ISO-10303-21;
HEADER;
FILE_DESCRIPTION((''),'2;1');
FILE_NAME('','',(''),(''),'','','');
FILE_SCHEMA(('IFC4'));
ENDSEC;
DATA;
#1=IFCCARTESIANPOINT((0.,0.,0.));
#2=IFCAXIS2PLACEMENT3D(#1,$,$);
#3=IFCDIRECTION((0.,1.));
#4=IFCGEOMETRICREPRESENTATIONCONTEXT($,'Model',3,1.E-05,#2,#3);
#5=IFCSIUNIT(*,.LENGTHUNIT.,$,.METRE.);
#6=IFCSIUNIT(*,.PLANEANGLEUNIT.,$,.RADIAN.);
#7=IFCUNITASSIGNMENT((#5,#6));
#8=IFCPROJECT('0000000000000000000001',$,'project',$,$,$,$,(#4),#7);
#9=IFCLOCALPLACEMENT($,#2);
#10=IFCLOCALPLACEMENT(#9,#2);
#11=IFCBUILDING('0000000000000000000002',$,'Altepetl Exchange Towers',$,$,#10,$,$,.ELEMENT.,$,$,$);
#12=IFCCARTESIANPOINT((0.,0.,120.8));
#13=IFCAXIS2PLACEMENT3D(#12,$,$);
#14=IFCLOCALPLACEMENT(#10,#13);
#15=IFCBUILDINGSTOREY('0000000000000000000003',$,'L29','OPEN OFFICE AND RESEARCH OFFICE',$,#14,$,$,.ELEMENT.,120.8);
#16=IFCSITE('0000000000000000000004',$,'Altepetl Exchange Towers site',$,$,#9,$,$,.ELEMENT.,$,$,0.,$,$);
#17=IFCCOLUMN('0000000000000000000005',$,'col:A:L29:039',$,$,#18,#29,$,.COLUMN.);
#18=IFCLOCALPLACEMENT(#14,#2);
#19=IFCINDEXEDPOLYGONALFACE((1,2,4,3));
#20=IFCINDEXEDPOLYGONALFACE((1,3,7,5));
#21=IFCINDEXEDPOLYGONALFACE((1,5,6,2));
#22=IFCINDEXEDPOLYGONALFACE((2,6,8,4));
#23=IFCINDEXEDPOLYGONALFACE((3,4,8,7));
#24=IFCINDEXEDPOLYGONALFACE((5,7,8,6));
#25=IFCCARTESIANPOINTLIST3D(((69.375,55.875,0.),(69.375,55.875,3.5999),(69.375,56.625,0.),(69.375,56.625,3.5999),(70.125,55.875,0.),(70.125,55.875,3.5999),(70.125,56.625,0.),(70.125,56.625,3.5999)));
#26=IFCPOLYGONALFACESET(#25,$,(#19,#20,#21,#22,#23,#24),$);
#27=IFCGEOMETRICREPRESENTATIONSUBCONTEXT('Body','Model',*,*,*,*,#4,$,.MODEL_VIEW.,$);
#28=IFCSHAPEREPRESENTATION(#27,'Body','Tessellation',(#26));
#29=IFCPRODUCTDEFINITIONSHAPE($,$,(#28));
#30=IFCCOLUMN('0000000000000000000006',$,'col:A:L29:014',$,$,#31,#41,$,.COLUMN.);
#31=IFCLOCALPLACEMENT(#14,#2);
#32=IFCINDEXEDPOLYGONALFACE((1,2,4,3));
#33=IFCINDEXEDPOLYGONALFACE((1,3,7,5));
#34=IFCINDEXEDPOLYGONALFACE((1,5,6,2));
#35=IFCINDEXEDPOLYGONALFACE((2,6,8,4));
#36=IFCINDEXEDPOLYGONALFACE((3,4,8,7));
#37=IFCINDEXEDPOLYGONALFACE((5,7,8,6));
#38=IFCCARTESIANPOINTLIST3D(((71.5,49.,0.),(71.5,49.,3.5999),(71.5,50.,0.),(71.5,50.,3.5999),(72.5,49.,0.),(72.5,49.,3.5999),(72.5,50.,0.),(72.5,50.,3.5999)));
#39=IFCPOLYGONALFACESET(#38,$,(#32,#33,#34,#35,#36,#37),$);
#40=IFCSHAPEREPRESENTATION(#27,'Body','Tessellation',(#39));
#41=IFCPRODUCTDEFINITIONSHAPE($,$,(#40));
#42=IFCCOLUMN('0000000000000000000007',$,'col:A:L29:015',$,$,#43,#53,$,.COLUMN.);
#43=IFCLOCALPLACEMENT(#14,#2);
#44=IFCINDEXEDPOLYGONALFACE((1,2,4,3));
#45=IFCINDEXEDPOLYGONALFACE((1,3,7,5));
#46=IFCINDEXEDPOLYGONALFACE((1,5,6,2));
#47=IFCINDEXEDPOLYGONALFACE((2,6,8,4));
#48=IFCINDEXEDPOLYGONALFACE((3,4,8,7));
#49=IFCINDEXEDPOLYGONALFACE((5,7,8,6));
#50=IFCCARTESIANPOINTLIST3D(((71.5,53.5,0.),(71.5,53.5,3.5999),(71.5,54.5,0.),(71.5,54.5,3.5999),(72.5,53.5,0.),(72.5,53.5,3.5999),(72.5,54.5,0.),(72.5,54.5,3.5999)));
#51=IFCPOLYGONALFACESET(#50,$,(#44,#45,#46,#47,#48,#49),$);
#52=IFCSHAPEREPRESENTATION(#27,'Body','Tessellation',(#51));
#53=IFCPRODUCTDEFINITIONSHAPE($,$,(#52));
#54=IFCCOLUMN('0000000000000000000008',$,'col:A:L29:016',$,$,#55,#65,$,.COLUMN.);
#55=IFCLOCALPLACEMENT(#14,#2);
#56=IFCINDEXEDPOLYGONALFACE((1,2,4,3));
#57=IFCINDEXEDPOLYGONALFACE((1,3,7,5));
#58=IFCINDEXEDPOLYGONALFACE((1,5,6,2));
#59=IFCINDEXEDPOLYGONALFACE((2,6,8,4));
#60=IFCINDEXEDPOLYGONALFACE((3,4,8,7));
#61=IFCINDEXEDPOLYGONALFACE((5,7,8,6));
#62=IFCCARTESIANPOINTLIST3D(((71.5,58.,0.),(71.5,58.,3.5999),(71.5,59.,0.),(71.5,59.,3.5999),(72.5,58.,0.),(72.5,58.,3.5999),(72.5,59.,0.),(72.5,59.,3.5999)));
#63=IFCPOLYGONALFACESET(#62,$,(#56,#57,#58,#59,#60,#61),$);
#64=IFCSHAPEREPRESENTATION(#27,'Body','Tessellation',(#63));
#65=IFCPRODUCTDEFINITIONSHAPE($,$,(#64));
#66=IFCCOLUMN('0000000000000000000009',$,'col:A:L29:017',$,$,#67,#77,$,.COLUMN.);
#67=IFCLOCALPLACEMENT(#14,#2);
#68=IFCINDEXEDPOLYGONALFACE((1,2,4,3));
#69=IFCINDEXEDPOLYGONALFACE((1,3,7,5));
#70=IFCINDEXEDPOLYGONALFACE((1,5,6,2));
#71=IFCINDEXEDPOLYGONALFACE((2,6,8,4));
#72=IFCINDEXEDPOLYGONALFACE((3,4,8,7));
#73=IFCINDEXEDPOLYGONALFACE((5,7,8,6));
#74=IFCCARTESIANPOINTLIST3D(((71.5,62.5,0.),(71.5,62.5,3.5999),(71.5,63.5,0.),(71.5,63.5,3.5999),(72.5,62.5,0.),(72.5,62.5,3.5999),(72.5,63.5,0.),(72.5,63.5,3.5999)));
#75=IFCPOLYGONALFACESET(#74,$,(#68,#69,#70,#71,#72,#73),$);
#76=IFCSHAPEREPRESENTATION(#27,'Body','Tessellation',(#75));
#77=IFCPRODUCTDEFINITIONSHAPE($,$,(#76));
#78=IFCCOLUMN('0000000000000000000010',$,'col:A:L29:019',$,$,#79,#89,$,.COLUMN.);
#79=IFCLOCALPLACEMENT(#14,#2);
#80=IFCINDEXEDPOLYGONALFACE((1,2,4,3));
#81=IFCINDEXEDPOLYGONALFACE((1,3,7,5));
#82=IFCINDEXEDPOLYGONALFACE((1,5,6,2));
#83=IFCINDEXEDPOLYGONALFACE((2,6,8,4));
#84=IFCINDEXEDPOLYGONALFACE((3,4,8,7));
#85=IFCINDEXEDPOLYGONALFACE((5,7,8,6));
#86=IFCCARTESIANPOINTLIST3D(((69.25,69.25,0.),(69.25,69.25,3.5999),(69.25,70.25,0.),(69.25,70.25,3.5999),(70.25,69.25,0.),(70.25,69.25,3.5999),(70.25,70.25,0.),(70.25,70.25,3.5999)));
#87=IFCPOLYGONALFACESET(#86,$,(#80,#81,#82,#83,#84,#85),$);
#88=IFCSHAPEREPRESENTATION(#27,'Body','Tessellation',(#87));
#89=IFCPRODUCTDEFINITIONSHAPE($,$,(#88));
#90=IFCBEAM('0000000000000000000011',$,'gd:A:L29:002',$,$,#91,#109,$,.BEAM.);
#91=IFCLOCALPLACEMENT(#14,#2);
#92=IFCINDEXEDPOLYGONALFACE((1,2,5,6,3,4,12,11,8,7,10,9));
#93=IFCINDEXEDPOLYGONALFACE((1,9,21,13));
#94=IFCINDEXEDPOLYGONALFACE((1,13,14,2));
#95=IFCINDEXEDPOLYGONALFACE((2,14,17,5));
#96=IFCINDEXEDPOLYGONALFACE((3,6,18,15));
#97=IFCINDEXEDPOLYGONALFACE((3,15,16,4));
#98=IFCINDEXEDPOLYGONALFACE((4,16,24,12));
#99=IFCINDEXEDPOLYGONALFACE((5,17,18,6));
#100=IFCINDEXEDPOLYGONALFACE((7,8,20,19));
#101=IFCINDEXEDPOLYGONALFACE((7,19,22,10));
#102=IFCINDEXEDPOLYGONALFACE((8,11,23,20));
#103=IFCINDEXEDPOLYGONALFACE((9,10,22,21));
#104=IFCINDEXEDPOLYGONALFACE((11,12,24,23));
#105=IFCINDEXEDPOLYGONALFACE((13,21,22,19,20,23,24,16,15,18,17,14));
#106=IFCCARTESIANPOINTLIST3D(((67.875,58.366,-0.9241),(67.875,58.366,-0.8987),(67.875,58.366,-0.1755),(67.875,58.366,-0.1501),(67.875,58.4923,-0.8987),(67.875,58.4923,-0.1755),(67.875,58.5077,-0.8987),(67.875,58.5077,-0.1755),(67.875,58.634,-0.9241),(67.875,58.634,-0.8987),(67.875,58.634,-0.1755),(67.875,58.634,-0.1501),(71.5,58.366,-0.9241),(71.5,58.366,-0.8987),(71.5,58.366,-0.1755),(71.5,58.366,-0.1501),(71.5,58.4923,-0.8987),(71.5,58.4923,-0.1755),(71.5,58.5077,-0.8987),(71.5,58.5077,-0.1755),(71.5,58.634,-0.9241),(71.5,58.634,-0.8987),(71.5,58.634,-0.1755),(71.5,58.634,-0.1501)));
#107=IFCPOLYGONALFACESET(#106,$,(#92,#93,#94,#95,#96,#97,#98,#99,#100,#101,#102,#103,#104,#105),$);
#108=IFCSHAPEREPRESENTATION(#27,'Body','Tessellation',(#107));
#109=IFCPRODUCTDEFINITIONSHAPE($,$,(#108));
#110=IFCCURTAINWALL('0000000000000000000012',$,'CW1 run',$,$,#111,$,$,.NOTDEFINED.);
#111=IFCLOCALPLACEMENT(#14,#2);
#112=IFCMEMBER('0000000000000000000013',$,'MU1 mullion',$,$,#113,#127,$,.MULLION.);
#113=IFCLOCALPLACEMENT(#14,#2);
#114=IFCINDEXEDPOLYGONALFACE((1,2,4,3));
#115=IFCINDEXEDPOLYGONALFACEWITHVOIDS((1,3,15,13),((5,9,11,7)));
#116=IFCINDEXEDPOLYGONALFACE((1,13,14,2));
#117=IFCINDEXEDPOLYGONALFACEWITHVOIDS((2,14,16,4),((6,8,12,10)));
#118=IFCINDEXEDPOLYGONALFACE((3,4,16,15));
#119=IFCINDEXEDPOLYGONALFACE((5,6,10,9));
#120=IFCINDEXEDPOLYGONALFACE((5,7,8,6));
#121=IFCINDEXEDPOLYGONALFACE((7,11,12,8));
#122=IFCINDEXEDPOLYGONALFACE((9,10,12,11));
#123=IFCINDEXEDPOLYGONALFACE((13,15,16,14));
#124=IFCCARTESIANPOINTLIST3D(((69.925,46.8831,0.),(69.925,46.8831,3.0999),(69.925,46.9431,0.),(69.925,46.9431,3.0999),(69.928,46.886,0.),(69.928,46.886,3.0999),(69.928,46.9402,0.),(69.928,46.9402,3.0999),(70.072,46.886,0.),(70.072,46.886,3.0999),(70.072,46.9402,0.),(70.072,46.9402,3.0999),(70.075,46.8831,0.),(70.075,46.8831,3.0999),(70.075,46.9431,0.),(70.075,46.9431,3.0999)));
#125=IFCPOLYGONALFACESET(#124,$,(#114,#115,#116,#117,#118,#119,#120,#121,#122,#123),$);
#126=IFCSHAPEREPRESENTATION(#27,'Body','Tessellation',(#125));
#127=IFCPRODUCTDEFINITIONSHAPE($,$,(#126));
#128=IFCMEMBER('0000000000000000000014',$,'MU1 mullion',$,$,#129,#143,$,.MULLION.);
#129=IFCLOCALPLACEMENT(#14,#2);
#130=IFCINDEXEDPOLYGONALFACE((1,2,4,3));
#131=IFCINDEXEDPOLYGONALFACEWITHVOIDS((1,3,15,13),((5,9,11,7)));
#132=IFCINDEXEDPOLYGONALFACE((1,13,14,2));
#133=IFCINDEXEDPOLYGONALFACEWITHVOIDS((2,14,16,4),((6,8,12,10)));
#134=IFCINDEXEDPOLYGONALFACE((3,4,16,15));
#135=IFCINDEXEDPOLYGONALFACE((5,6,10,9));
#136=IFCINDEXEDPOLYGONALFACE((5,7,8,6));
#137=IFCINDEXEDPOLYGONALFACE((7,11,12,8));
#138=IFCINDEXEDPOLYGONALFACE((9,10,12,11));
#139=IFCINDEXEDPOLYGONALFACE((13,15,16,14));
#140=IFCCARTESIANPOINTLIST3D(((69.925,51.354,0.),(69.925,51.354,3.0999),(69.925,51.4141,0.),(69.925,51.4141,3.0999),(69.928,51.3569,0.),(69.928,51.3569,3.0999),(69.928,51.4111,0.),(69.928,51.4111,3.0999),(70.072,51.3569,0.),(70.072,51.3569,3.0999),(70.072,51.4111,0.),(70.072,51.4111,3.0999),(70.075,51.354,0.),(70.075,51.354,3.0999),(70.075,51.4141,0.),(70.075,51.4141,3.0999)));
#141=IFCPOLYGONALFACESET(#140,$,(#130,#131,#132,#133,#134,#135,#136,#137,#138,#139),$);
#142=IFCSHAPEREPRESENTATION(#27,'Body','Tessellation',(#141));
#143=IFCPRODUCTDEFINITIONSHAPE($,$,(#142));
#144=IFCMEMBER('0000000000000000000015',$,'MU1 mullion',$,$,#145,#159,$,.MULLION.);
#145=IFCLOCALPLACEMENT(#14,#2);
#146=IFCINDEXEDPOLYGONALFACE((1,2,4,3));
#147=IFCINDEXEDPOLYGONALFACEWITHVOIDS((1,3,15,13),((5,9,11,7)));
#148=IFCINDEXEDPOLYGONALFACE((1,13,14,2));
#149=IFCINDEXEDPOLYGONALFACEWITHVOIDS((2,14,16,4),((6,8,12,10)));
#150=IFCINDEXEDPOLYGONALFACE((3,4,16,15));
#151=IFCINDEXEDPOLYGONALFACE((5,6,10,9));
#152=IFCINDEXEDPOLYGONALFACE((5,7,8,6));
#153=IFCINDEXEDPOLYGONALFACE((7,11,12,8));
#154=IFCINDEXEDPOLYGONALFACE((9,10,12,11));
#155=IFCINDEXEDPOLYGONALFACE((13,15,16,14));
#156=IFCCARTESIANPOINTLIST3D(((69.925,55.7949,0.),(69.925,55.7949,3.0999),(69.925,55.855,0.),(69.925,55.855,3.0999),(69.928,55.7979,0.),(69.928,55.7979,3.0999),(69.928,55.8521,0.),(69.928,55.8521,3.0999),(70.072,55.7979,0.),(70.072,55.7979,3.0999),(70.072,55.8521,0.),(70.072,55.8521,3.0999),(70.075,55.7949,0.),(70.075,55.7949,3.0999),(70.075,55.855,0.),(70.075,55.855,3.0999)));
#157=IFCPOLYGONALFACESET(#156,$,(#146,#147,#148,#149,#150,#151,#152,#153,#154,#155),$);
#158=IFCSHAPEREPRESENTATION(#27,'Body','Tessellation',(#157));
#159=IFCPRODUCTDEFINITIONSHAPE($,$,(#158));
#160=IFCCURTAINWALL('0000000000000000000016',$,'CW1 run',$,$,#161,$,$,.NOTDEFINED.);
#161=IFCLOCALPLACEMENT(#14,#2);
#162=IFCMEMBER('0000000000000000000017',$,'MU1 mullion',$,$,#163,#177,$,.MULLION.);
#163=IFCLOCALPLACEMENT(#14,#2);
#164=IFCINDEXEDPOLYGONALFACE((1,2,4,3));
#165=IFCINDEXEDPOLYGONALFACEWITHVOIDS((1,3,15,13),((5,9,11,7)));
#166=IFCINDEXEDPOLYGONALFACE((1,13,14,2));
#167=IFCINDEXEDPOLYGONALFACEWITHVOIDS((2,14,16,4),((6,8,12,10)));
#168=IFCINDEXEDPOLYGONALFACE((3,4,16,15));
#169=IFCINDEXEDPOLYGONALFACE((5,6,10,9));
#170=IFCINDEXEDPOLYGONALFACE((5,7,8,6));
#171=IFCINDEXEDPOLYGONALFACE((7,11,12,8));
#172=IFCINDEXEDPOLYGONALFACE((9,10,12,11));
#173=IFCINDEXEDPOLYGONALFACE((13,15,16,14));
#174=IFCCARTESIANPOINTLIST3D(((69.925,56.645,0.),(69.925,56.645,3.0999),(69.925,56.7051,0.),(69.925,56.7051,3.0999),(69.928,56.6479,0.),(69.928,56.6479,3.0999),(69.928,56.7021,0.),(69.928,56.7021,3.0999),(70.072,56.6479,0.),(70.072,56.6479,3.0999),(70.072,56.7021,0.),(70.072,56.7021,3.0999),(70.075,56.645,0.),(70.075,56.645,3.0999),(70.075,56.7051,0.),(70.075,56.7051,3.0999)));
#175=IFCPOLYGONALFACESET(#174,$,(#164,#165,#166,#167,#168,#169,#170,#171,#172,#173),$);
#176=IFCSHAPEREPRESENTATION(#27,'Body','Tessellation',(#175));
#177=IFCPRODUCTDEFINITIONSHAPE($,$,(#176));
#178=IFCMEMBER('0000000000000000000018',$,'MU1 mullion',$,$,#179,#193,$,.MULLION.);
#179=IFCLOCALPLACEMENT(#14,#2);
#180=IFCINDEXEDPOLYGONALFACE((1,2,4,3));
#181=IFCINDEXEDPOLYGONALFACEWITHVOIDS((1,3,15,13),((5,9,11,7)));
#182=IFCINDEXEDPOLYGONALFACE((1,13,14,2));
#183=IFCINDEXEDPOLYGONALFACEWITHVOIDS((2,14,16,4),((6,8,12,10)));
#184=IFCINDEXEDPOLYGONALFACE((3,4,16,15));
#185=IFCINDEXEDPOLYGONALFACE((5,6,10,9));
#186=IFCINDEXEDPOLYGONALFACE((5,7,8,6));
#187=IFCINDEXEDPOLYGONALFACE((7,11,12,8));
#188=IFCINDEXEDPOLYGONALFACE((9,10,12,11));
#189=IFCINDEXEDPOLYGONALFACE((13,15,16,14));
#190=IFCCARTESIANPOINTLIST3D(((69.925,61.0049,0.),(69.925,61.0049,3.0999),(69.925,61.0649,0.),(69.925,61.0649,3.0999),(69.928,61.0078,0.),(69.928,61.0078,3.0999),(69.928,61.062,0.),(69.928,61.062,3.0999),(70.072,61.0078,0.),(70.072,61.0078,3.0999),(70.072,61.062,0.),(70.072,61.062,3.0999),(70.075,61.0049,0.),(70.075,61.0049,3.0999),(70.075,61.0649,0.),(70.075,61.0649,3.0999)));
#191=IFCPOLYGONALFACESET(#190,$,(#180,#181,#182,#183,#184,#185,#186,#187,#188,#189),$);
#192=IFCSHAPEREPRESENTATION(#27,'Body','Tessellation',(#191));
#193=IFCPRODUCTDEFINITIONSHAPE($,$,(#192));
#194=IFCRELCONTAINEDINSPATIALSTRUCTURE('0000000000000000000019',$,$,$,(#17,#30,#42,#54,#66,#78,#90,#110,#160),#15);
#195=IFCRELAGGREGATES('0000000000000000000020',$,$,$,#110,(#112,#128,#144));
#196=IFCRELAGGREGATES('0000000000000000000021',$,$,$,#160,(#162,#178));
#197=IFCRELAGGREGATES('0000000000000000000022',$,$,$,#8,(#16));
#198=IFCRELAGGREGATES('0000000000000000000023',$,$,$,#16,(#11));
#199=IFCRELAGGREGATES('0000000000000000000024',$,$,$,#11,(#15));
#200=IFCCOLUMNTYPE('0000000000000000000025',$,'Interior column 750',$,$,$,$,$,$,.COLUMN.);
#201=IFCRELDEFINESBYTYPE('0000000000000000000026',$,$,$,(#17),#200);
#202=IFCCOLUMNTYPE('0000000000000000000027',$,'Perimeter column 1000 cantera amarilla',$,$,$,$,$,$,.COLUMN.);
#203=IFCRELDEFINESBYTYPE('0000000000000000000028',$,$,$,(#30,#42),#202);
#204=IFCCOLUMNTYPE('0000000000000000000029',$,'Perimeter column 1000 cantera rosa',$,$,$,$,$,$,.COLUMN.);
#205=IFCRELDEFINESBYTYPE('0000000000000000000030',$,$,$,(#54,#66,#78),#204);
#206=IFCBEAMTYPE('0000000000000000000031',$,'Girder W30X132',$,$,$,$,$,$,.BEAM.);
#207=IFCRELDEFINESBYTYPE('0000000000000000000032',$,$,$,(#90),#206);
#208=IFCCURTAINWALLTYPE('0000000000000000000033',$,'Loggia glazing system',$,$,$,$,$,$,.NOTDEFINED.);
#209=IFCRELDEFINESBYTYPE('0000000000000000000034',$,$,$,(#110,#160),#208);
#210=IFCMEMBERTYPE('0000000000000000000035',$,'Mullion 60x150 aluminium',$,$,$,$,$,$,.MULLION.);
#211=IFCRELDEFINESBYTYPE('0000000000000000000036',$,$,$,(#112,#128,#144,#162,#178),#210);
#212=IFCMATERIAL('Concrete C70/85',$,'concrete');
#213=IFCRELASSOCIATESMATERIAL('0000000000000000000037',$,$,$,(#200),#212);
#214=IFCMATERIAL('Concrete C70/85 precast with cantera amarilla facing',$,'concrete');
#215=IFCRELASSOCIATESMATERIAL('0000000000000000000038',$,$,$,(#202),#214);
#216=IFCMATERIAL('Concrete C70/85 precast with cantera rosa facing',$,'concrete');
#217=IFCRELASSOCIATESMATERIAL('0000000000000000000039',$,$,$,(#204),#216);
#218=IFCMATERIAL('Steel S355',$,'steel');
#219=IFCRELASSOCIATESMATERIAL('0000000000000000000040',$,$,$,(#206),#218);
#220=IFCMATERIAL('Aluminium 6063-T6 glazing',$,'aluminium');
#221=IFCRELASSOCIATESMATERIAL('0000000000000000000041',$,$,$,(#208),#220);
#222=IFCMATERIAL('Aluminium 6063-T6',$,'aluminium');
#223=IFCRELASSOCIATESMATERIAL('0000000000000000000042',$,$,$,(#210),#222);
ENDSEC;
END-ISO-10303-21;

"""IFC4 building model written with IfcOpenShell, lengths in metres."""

from ifc_helpers import new_model, si_unit, direction, frame, origin, origin_2d, place, context, subcontext, project, spatial, rectangle, hollow_rectangle, i_section, extrude, material, material_profile, profile_set, type_object, element, aggregate, save


model = new_model("IFC4")

# Units and contexts
model_context = context("Model", 3, precision=1e-05, world=origin(), true_north=direction((0.0, 1.0)))
body_context = subcontext(model_context, "Body", "Model", "MODEL_VIEW")
ifc_project = project(units=[si_unit("LENGTHUNIT", "METRE"), si_unit("PLANEANGLEUNIT", "RADIAN")], contexts=[model_context])

# Site, building, storey
site_placement = place(None, origin())
site = spatial("IfcSite", under=ifc_project, at=site_placement, Name="Altepetl Exchange Towers site", CompositionType="ELEMENT", RefElevation=0.0)
building_placement = place(site_placement, origin())
building = spatial("IfcBuilding", under=site, at=building_placement, Name="Altepetl Exchange Towers", CompositionType="ELEMENT")
storey_placement = place(building_placement, frame((0.0, 0.0, 120.8)))
storey = spatial("IfcBuildingStorey", under=building, at=storey_placement, Name="L29", Description="OPEN OFFICE AND RESEARCH OFFICE", CompositionType="ELEMENT", Elevation=120.8)

# Columns
ifc_material_1 = material(Name="Concrete C70/85", Category="concrete")
ifc_material_profile_1 = material_profile(ifc_material_1, rectangle(XDim=0.75, YDim=0.75, at=origin_2d()), Name="750 x 750")
ifc_profile_set_1 = profile_set([ifc_material_profile_1], Name="Concrete C70/85")
column_type_1 = type_object("IfcColumnType", Name="Interior column 750", PredefinedType="COLUMN", material=ifc_profile_set_1)
column_placement = place(storey_placement, frame((69.75, 56.25, 0.0)))
element("IfcColumn", 1, at=column_placement, inside=storey, type_object=column_type_1, Name="col:A:L29:039", PredefinedType="COLUMN", context=body_context, shape_type="SweptSolid", body=[
    extrude(rectangle(XDim=0.75, YDim=0.75, at=origin_2d()), origin(), (0.0, 0.0, 1.0), 3.5999),
])
ifc_material_2 = material(Name="Concrete C70/85 precast with cantera amarilla facing", Category="concrete")
ifc_material_profile_2 = material_profile(ifc_material_2, rectangle(XDim=1.0, YDim=1.0, at=origin_2d()), Name="1000 x 1000")
ifc_profile_set_2 = profile_set([ifc_material_profile_2], Name="Concrete C70/85 precast with cantera amarilla facing")
column_type_2 = type_object("IfcColumnType", Name="Perimeter column 1000 cantera amarilla", PredefinedType="COLUMN", material=ifc_profile_set_2)
for number, where, name in (
    (2, (72.0, 49.5, 0.0), "col:A:L29:014"),
    (3, (72.0, 54.0, 0.0), "col:A:L29:015"),
):
    element("IfcColumn", number, at=place(storey_placement, frame(where)), inside=storey, type_object=column_type_2, Name=name, PredefinedType="COLUMN", context=body_context, shape_type="SweptSolid", body=[
        extrude(rectangle(XDim=1.0, YDim=1.0, at=origin_2d()), origin(), (0.0, 0.0, 1.0), 3.5999),
    ])
ifc_material_3 = material(Name="Concrete C70/85 precast with cantera rosa facing", Category="concrete")
ifc_material_profile_3 = material_profile(ifc_material_3, rectangle(XDim=1.0, YDim=1.0, at=origin_2d()), Name="1000 x 1000")
ifc_profile_set_3 = profile_set([ifc_material_profile_3], Name="Concrete C70/85 precast with cantera rosa facing")
column_type_3 = type_object("IfcColumnType", Name="Perimeter column 1000 cantera rosa", PredefinedType="COLUMN", material=ifc_profile_set_3)
for number, where, name in (
    (4, (72.0, 58.5, 0.0), "col:A:L29:016"),
    (5, (72.0, 63.0, 0.0), "col:A:L29:017"),
    (6, (69.75, 69.75, 0.0), "col:A:L29:019"),
):
    element("IfcColumn", number, at=place(storey_placement, frame(where)), inside=storey, type_object=column_type_3, Name=name, PredefinedType="COLUMN", context=body_context, shape_type="SweptSolid", body=[
        extrude(rectangle(XDim=1.0, YDim=1.0, at=origin_2d()), origin(), (0.0, 0.0, 1.0), 3.5999),
    ])

# Beam
ifc_material_4 = material(Name="Steel S355", Category="steel")
ifc_material_profile_4 = material_profile(ifc_material_4, i_section(OverallWidth=0.2681, OverallDepth=0.7739, WebThickness=0.0154, FlangeThickness=0.0254, at=origin_2d()), Name="W30X132")
ifc_profile_set_4 = profile_set([ifc_material_profile_4], Name="Steel S355")
beam_type_1 = type_object("IfcBeamType", Name="Girder W30X132", PredefinedType="BEAM", material=ifc_profile_set_4)
beam_1_placement = place(storey_placement, frame((67.875, 58.5, -0.5371), z_axis=(1.0, 0.0, 0.0), x_axis=(0.0, 1.0, 0.0)))
element("IfcBeam", 7, at=beam_1_placement, inside=storey, type_object=beam_type_1, Name="gd:A:L29:002", PredefinedType="BEAM", context=body_context, shape_type="SweptSolid", body=[
    extrude(i_section(OverallWidth=0.2681, OverallDepth=0.7739, WebThickness=0.0154, FlangeThickness=0.0254, at=origin_2d()), origin(), (0.0, 0.0, 1.0), 3.625),
])

# Curtain walls, members
ifc_material_5 = material(Name="Aluminium 6063-T6 glazing", Category="aluminium")
curtain_wall_type = type_object("IfcCurtainWallType", Name="Loggia glazing system", PredefinedType="NOTDEFINED", material=ifc_material_5)
curtain_wall_1_placement = place(storey_placement, origin())
curtain_wall_1 = element("IfcCurtainWall", 8, at=curtain_wall_1_placement, inside=storey, type_object=curtain_wall_type, Name="CW1 run", PredefinedType="NOTDEFINED")
ifc_material_6 = material(Name="Aluminium 6063-T6", Category="aluminium")
ifc_material_profile_5 = material_profile(ifc_material_6, hollow_rectangle(XDim=0.0601, YDim=0.1499, WallThickness=0.0029, at=origin_2d()), Name="Mullion 60x150 aluminium")
ifc_profile_set_5 = profile_set([ifc_material_profile_5], Name="Aluminium 6063-T6")
member_type = type_object("IfcMemberType", Name="Mullion 60x150 aluminium", PredefinedType="MULLION", material=ifc_profile_set_5)
member_1_placement = place(storey_placement, frame((70.0, 46.9131, 0.0), z_axis=(0.0, 0.0, 1.0), x_axis=(0.0, 1.0, 0.0)))
member_1 = element("IfcMember", 9, at=member_1_placement, type_object=member_type, Name="MU1 mullion", PredefinedType="MULLION", context=body_context, shape_type="SweptSolid", body=[
    extrude(hollow_rectangle(XDim=0.0601, YDim=0.1499, WallThickness=0.0029, at=origin_2d()), origin(), (0.0, 0.0, 1.0), 3.0999),
])
member_2_placement = place(storey_placement, frame((70.0, 51.384, 0.0), z_axis=(0.0, 0.0, 1.0), x_axis=(0.0, 1.0, 0.0)))
member_2 = element("IfcMember", 10, at=member_2_placement, type_object=member_type, Name="MU1 mullion", PredefinedType="MULLION", context=body_context, shape_type="SweptSolid", body=[
    extrude(hollow_rectangle(XDim=0.0601, YDim=0.1499, WallThickness=0.0029, at=origin_2d()), origin(), (0.0, 0.0, 1.0), 3.0999),
])
member_3_placement = place(storey_placement, frame((70.0, 55.825, 0.0), z_axis=(0.0, 0.0, 1.0), x_axis=(0.0, 1.0, 0.0)))
member_3 = element("IfcMember", 11, at=member_3_placement, type_object=member_type, Name="MU1 mullion", PredefinedType="MULLION", context=body_context, shape_type="SweptSolid", body=[
    extrude(hollow_rectangle(XDim=0.0601, YDim=0.1499, WallThickness=0.0029, at=origin_2d()), origin(), (0.0, 0.0, 1.0), 3.0999),
])
curtain_wall_2_placement = place(storey_placement, origin())
curtain_wall_2 = element("IfcCurtainWall", 12, at=curtain_wall_2_placement, inside=storey, type_object=curtain_wall_type, Name="CW1 run", PredefinedType="NOTDEFINED")
member_4_placement = place(storey_placement, frame((70.0, 56.675, 0.0), z_axis=(0.0, 0.0, 1.0), x_axis=(0.0, 1.0, 0.0)))
member_4 = element("IfcMember", 13, at=member_4_placement, type_object=member_type, Name="MU1 mullion", PredefinedType="MULLION", context=body_context, shape_type="SweptSolid", body=[
    extrude(hollow_rectangle(XDim=0.0601, YDim=0.1499, WallThickness=0.0029, at=origin_2d()), origin(), (0.0, 0.0, 1.0), 3.0999),
])
member_5_placement = place(storey_placement, frame((70.0, 61.0349, 0.0), z_axis=(0.0, 0.0, 1.0), x_axis=(0.0, 1.0, 0.0)))
member_5 = element("IfcMember", 14, at=member_5_placement, type_object=member_type, Name="MU1 mullion", PredefinedType="MULLION", context=body_context, shape_type="SweptSolid", body=[
    extrude(hollow_rectangle(XDim=0.0601, YDim=0.1499, WallThickness=0.0029, at=origin_2d()), origin(), (0.0, 0.0, 1.0), 3.0999),
])

aggregate(curtain_wall_1, [member_1, member_2, member_3])
aggregate(curtain_wall_2, [member_4, member_5])

save(model, "model.ifc")
